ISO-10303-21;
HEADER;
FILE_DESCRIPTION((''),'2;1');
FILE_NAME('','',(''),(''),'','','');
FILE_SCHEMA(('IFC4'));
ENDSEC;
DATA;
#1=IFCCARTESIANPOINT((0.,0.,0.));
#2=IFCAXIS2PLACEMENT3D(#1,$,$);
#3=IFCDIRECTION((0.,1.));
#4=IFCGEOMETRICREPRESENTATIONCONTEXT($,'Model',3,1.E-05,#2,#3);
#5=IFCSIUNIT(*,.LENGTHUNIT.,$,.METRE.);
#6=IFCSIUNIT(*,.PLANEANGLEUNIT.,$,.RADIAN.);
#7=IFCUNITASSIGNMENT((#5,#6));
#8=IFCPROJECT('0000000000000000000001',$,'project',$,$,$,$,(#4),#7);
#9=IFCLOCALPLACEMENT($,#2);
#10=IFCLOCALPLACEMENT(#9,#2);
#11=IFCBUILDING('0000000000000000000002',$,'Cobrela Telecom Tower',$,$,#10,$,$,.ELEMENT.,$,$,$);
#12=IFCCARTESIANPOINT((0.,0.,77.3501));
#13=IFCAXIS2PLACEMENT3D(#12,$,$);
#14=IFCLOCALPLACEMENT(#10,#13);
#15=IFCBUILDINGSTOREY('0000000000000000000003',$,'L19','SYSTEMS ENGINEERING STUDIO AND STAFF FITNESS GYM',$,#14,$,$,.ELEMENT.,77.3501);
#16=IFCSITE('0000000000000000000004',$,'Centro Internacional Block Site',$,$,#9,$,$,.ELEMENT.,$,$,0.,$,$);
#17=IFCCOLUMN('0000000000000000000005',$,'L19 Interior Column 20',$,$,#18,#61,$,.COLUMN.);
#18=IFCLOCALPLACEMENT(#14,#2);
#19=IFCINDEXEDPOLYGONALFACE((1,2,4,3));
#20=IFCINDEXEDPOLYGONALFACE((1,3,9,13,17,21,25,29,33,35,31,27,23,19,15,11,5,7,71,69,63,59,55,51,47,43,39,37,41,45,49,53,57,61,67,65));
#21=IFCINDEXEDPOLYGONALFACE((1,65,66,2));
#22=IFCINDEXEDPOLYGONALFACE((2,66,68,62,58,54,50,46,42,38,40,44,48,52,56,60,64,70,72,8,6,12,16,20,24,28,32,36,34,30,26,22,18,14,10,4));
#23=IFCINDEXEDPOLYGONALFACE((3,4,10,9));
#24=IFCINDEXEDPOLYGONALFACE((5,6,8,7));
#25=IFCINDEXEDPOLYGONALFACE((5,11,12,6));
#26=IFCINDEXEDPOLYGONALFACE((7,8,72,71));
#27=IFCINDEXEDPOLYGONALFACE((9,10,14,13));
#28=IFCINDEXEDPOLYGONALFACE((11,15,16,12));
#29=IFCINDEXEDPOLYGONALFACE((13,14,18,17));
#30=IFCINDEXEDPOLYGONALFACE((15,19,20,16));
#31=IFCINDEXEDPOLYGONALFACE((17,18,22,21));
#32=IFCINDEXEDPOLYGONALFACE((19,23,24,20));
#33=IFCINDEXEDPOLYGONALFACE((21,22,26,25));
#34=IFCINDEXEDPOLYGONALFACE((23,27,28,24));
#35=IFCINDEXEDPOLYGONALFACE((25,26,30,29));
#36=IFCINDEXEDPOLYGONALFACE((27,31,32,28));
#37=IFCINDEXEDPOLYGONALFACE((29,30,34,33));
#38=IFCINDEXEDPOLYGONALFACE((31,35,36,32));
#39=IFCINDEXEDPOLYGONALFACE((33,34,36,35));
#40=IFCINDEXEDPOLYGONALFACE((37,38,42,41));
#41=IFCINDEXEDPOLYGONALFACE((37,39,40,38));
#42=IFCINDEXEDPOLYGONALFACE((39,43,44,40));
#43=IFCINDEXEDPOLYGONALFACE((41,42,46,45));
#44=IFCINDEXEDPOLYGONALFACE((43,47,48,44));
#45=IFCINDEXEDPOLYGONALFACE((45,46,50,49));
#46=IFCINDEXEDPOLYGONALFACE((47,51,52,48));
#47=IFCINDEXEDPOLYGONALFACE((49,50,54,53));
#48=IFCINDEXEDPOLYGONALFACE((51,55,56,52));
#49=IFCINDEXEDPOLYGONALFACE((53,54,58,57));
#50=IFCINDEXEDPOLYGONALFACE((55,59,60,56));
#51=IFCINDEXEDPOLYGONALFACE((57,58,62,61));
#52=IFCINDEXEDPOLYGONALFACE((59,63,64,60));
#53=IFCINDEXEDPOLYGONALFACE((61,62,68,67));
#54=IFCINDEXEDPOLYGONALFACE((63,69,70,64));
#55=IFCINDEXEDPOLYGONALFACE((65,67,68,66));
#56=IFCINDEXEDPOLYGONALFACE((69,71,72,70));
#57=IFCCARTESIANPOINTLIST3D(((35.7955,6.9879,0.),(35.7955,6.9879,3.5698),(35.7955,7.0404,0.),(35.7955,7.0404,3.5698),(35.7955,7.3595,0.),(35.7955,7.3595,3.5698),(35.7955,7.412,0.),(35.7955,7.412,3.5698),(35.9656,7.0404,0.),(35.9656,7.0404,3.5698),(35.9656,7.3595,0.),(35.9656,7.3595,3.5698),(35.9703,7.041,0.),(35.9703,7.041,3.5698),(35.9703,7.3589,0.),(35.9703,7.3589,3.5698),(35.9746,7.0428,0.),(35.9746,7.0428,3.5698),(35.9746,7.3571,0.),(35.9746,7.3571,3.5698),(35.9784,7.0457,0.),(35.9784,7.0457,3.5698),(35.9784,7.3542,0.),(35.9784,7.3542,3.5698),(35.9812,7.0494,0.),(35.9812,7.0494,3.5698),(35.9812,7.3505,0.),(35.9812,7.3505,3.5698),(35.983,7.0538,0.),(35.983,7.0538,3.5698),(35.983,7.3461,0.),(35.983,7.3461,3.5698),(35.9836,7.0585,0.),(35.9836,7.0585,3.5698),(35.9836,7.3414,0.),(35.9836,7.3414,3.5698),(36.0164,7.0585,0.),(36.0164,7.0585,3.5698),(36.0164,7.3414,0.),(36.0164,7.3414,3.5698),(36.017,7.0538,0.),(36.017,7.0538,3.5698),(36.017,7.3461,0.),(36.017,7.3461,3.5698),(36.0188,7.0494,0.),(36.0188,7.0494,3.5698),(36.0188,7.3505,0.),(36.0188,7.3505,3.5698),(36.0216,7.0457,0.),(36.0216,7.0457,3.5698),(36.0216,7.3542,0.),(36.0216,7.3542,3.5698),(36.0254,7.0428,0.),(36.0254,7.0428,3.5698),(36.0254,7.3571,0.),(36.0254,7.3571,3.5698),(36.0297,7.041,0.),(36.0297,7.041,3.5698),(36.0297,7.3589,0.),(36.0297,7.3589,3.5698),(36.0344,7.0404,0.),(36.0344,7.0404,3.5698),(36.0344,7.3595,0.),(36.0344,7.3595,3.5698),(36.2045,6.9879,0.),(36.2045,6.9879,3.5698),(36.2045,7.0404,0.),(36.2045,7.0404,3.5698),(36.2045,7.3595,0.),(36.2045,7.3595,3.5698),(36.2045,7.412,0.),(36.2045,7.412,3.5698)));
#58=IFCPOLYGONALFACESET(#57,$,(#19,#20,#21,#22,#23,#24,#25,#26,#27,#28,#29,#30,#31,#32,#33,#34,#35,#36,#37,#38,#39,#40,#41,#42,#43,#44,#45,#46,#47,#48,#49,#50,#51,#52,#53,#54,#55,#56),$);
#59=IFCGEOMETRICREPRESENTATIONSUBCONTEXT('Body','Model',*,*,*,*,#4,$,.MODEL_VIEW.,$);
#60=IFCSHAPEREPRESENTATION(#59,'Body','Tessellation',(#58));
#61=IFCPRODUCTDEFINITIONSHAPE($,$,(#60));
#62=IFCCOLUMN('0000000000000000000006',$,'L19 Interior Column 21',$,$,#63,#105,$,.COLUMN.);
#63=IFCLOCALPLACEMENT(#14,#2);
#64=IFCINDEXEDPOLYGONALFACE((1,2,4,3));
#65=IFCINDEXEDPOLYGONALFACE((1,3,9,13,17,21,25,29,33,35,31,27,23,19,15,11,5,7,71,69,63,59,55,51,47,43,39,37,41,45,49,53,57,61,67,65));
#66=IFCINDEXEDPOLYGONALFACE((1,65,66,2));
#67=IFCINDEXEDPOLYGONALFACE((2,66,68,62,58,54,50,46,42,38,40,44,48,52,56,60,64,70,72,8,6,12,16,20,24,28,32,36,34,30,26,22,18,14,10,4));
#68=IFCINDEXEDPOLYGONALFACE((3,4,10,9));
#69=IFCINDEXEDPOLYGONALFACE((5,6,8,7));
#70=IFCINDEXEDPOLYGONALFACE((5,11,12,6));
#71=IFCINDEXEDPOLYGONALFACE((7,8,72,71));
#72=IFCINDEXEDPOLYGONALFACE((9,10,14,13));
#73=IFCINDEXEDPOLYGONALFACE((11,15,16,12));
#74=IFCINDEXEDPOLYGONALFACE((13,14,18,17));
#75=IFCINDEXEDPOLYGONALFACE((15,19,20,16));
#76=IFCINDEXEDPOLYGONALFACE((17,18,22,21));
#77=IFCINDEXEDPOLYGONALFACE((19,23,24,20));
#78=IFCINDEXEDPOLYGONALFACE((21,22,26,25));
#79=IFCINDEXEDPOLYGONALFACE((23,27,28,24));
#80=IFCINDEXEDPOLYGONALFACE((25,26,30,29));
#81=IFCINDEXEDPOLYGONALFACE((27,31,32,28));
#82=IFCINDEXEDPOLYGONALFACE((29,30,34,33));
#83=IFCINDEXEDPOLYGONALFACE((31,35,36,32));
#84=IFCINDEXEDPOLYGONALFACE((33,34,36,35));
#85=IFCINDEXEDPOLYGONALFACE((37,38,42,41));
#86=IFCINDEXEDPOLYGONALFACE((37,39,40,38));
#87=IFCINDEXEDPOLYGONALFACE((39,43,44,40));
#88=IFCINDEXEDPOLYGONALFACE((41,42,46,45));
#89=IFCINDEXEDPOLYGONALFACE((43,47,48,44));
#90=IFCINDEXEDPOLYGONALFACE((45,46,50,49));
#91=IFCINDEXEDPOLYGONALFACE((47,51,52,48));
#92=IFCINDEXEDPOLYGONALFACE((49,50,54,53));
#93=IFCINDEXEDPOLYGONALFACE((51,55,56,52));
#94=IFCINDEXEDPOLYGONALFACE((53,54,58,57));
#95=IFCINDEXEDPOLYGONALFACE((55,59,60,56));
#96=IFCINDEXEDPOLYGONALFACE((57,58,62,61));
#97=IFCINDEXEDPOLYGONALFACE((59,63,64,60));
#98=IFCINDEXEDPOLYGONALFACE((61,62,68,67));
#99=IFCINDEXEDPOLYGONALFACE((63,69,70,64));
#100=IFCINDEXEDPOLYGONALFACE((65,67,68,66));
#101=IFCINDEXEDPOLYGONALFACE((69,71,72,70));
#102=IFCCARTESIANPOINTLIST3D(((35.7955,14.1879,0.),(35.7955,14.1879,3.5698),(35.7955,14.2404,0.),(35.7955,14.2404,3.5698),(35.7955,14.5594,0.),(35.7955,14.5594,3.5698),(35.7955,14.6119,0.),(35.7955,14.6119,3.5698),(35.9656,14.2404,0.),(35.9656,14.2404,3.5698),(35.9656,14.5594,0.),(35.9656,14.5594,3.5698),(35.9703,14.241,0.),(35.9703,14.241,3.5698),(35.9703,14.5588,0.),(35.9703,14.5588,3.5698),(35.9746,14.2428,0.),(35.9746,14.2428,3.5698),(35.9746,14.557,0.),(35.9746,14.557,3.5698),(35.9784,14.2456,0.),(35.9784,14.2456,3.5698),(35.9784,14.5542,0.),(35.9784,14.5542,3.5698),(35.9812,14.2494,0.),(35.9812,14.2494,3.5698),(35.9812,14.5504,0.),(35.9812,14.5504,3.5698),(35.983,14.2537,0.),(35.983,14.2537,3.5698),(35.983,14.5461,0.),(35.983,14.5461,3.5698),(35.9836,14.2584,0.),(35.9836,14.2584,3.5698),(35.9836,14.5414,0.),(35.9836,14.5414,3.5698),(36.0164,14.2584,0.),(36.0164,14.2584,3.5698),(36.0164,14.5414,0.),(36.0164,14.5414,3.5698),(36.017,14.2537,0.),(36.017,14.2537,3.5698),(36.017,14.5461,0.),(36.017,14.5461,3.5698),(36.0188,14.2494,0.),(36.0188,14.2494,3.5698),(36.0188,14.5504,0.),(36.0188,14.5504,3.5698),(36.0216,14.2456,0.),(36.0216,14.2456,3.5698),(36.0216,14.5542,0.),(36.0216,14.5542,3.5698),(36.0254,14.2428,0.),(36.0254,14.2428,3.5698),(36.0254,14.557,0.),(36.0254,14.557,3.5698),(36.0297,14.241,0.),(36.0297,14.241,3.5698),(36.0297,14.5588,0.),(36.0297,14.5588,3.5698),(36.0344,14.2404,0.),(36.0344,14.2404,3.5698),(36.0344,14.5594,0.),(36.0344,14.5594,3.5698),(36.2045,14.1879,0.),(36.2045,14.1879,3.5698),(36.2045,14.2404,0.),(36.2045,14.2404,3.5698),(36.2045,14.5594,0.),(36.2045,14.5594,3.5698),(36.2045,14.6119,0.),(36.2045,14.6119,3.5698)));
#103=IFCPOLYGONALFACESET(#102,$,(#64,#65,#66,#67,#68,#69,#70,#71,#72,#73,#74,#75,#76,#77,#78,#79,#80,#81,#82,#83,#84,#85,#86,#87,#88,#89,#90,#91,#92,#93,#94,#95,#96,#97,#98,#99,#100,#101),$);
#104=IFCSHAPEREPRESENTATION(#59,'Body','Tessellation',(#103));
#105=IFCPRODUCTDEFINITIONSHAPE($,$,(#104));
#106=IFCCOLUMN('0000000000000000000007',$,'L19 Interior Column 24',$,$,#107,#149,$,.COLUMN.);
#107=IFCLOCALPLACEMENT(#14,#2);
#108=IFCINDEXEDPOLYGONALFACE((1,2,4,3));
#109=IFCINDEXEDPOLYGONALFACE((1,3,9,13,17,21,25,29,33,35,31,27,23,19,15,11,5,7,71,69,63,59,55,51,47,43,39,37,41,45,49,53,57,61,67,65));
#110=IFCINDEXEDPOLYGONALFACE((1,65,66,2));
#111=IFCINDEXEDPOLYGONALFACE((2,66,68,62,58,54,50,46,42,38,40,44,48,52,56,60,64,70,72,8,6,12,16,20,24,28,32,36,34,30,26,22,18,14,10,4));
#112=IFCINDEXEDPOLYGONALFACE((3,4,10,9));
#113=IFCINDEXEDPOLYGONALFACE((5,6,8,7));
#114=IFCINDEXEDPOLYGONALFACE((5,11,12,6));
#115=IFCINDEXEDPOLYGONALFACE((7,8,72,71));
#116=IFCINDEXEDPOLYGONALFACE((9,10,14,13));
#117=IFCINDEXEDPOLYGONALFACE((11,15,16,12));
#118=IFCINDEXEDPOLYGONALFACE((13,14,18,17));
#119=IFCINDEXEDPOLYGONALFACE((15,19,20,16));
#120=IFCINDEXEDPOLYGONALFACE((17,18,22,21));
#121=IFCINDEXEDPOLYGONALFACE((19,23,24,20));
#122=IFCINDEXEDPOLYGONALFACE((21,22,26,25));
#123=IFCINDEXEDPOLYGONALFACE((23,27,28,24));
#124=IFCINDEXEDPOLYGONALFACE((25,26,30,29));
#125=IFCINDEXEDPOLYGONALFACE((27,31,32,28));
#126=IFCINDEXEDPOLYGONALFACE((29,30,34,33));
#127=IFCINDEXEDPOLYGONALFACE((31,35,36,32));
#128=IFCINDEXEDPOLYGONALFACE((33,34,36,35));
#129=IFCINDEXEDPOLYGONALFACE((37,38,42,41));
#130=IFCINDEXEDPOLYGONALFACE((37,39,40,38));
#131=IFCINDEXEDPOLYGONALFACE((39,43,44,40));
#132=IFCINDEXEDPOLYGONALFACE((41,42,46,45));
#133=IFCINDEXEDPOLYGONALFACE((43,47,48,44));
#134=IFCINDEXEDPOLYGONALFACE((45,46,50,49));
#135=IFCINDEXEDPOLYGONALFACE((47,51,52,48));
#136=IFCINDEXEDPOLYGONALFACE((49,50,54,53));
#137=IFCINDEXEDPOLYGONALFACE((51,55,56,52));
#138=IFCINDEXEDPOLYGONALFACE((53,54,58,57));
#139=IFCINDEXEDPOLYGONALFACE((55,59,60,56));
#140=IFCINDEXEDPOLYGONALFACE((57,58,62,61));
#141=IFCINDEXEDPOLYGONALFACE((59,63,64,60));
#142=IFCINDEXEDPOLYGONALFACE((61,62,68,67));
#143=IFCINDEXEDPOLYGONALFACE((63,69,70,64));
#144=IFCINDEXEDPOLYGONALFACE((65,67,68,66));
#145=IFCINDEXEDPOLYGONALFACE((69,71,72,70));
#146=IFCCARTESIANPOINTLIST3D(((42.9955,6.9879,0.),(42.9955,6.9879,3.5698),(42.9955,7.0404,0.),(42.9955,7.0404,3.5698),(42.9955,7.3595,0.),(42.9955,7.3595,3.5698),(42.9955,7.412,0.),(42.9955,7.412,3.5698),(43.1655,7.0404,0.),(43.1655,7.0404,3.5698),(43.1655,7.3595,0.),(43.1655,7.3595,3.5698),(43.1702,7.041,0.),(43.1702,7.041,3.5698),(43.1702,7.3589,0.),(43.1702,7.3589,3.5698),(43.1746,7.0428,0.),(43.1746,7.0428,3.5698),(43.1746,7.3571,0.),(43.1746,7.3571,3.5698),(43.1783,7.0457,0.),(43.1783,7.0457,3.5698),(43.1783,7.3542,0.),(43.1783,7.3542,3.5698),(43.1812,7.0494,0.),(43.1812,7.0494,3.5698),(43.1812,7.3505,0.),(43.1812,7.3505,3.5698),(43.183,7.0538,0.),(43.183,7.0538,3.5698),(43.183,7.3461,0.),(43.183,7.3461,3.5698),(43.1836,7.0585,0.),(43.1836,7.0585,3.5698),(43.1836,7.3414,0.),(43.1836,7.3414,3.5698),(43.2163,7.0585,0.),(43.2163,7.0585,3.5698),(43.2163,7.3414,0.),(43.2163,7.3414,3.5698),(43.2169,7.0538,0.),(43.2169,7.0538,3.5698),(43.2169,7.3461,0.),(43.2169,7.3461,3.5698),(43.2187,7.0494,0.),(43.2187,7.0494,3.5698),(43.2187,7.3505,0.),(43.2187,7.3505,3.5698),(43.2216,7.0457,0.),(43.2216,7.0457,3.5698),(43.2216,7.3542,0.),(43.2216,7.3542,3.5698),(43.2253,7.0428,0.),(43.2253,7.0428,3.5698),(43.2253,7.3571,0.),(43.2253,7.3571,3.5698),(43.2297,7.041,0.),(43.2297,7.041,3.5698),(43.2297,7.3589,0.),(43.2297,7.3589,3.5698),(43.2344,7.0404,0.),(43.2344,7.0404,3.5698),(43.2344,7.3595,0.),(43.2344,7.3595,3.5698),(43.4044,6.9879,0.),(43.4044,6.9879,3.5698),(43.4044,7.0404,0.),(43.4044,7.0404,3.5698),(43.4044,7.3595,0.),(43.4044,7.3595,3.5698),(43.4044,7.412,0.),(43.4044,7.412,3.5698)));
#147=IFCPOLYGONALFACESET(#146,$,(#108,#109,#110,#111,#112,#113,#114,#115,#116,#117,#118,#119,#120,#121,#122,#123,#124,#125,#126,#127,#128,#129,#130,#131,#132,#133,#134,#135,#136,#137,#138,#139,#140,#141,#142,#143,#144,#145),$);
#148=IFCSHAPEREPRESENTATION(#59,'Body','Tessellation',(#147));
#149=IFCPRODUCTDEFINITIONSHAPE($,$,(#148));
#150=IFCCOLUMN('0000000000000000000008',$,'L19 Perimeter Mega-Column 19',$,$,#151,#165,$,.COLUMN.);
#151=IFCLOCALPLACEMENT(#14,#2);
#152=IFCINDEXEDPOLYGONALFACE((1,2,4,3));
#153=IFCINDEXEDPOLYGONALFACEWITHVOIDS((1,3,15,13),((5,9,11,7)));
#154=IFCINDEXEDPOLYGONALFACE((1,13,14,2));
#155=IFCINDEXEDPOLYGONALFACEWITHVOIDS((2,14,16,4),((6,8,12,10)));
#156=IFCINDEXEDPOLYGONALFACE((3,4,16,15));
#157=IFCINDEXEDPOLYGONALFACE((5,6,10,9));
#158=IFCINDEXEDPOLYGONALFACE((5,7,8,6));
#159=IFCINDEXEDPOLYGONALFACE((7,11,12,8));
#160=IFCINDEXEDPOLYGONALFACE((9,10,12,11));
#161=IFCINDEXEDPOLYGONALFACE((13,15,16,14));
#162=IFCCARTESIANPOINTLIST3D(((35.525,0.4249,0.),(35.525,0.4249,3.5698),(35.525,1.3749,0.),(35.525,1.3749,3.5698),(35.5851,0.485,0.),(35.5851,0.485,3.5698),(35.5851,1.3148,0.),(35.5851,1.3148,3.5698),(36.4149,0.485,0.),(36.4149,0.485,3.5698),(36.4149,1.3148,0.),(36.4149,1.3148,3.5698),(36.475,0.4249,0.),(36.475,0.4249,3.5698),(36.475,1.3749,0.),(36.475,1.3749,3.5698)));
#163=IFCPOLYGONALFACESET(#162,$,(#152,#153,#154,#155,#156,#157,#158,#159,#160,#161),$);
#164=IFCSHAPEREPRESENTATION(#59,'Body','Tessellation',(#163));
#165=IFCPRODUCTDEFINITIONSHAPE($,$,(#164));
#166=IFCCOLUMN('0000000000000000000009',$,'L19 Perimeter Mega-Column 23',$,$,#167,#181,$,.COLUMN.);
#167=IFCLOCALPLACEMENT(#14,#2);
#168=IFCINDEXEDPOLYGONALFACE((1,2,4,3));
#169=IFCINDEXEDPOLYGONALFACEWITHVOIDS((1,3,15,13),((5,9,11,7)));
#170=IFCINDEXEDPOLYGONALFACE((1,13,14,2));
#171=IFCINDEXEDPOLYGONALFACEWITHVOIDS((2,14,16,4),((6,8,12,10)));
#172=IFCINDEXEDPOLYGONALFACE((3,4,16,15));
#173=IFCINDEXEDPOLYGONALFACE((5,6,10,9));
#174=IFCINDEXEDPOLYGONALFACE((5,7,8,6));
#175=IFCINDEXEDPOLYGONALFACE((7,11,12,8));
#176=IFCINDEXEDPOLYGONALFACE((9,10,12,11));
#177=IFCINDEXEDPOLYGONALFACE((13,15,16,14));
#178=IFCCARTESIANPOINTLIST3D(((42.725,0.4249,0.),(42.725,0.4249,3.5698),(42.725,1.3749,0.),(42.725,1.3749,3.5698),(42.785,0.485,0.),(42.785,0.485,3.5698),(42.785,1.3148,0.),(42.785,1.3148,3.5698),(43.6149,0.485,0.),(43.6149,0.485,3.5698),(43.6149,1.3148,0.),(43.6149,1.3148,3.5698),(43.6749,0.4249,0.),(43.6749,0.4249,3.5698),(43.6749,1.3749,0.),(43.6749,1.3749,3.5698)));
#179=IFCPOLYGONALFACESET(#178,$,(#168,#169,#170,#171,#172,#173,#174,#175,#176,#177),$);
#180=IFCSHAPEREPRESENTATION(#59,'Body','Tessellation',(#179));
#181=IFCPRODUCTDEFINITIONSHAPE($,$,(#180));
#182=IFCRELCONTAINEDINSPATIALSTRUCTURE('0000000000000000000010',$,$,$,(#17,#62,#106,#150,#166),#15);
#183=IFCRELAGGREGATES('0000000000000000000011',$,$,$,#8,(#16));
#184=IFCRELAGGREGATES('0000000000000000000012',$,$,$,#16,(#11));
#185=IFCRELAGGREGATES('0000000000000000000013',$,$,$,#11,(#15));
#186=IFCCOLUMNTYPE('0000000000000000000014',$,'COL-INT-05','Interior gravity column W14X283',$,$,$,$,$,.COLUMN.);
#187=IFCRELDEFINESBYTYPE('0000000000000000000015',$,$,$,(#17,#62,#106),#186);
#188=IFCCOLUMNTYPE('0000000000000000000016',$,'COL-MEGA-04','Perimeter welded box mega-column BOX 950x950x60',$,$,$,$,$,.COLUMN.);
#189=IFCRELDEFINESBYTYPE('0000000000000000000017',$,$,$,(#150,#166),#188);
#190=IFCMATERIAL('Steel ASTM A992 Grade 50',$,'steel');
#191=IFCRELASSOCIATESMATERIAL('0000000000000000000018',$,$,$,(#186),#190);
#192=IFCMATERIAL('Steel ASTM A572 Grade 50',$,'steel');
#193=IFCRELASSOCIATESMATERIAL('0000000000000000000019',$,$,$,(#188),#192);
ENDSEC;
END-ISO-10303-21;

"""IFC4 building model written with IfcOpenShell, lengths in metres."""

from ifc_helpers import new_model, si_unit, direction, frame, origin, origin_2d, place, context, subcontext, project, spatial, hollow_rectangle, i_section, extrude, material, material_profile, profile_set, type_object, element, save


model = new_model("IFC4")

# Units and contexts
model_context = context("Model", 3, precision=1e-05, world=origin(), true_north=direction((0.0, 1.0)))
body_context = subcontext(model_context, "Body", "Model", "MODEL_VIEW")
ifc_project = project(units=[si_unit("LENGTHUNIT", "METRE"), si_unit("PLANEANGLEUNIT", "RADIAN")], contexts=[model_context])

# Site, building, storey
site_placement = place(None, origin())
site = spatial("IfcSite", under=ifc_project, at=site_placement, Name="Centro Internacional Block Site", CompositionType="ELEMENT", RefElevation=0.0)
building_placement = place(site_placement, origin())
building = spatial("IfcBuilding", under=site, at=building_placement, Name="Cobrela Telecom Tower", CompositionType="ELEMENT")
storey_placement = place(building_placement, frame((0.0, 0.0, 77.3501)))
storey = spatial("IfcBuildingStorey", under=building, at=storey_placement, Name="L19", Description="SYSTEMS ENGINEERING STUDIO AND STAFF FITNESS GYM", CompositionType="ELEMENT", Elevation=77.3501)

# Columns
ifc_material_1 = material(Name="Steel ASTM A992 Grade 50", Category="steel")
ifc_material_profile_1 = material_profile(ifc_material_1, i_section(OverallWidth=0.4089, OverallDepth=0.4241, WebThickness=0.0327, FlangeThickness=0.0525, FilletRadius=0.0181, at=origin_2d()), Name="W14X283")
ifc_profile_set_1 = profile_set([ifc_material_profile_1], Name="Steel ASTM A992 Grade 50")
column_type_1 = type_object("IfcColumnType", Name="COL-INT-05", Description="Interior gravity column W14X283", PredefinedType="COLUMN", material=ifc_profile_set_1)
for number, where, z_axis, x_axis, name in (
    (1, (36.0, 7.2, 0.0), (0.0, 0.0, 1.0), (1.0, 0.0, 0.0), "L19 Interior Column 20"),
    (2, (36.0, 14.3999, 0.0), (0.0, 0.0, 1.0), (1.0, 0.0, 0.0), "L19 Interior Column 21"),
    (3, (43.2, 7.2, 0.0), (0.0, 0.0, 1.0), (1.0, 0.0, 0.0), "L19 Interior Column 24"),
):
    element("IfcColumn", number, at=place(storey_placement, frame(where, z_axis=z_axis, x_axis=x_axis)), inside=storey, type_object=column_type_1, Name=name, PredefinedType="COLUMN", context=body_context, shape_type="SweptSolid", body=[
        extrude(i_section(OverallWidth=0.4089, OverallDepth=0.4241, WebThickness=0.0327, FlangeThickness=0.0525, FilletRadius=0.0181, at=origin_2d()), origin(), (0.0, 0.0, 1.0), 3.5698),
    ])
ifc_material_2 = material(Name="Steel ASTM A572 Grade 50", Category="steel")
ifc_material_profile_2 = material_profile(ifc_material_2, hollow_rectangle(XDim=0.95, YDim=0.95, WallThickness=0.0601, at=origin_2d()), Name="BOX 950x950x60")
ifc_profile_set_2 = profile_set([ifc_material_profile_2], Name="Steel ASTM A572 Grade 50")
column_type_2 = type_object("IfcColumnType", Name="COL-MEGA-04", Description="Perimeter welded box mega-column BOX 950x950x60", PredefinedType="COLUMN", material=ifc_profile_set_2)
for number, where, z_axis, x_axis, name in (
    (4, (36.0, 0.8999, 0.0), (0.0, 0.0, 1.0), (1.0, 0.0, 0.0), "L19 Perimeter Mega-Column 19"),
    (5, (43.2, 0.8999, 0.0), (0.0, 0.0, 1.0), (1.0, 0.0, 0.0), "L19 Perimeter Mega-Column 23"),
):
    element("IfcColumn", number, at=place(storey_placement, frame(where, z_axis=z_axis, x_axis=x_axis)), inside=storey, type_object=column_type_2, Name=name, PredefinedType="COLUMN", context=body_context, shape_type="SweptSolid", body=[
        extrude(hollow_rectangle(XDim=0.95, YDim=0.95, WallThickness=0.0601, at=origin_2d()), origin(), (0.0, 0.0, 1.0), 3.5698),
    ])

save(model, "model.ifc")
